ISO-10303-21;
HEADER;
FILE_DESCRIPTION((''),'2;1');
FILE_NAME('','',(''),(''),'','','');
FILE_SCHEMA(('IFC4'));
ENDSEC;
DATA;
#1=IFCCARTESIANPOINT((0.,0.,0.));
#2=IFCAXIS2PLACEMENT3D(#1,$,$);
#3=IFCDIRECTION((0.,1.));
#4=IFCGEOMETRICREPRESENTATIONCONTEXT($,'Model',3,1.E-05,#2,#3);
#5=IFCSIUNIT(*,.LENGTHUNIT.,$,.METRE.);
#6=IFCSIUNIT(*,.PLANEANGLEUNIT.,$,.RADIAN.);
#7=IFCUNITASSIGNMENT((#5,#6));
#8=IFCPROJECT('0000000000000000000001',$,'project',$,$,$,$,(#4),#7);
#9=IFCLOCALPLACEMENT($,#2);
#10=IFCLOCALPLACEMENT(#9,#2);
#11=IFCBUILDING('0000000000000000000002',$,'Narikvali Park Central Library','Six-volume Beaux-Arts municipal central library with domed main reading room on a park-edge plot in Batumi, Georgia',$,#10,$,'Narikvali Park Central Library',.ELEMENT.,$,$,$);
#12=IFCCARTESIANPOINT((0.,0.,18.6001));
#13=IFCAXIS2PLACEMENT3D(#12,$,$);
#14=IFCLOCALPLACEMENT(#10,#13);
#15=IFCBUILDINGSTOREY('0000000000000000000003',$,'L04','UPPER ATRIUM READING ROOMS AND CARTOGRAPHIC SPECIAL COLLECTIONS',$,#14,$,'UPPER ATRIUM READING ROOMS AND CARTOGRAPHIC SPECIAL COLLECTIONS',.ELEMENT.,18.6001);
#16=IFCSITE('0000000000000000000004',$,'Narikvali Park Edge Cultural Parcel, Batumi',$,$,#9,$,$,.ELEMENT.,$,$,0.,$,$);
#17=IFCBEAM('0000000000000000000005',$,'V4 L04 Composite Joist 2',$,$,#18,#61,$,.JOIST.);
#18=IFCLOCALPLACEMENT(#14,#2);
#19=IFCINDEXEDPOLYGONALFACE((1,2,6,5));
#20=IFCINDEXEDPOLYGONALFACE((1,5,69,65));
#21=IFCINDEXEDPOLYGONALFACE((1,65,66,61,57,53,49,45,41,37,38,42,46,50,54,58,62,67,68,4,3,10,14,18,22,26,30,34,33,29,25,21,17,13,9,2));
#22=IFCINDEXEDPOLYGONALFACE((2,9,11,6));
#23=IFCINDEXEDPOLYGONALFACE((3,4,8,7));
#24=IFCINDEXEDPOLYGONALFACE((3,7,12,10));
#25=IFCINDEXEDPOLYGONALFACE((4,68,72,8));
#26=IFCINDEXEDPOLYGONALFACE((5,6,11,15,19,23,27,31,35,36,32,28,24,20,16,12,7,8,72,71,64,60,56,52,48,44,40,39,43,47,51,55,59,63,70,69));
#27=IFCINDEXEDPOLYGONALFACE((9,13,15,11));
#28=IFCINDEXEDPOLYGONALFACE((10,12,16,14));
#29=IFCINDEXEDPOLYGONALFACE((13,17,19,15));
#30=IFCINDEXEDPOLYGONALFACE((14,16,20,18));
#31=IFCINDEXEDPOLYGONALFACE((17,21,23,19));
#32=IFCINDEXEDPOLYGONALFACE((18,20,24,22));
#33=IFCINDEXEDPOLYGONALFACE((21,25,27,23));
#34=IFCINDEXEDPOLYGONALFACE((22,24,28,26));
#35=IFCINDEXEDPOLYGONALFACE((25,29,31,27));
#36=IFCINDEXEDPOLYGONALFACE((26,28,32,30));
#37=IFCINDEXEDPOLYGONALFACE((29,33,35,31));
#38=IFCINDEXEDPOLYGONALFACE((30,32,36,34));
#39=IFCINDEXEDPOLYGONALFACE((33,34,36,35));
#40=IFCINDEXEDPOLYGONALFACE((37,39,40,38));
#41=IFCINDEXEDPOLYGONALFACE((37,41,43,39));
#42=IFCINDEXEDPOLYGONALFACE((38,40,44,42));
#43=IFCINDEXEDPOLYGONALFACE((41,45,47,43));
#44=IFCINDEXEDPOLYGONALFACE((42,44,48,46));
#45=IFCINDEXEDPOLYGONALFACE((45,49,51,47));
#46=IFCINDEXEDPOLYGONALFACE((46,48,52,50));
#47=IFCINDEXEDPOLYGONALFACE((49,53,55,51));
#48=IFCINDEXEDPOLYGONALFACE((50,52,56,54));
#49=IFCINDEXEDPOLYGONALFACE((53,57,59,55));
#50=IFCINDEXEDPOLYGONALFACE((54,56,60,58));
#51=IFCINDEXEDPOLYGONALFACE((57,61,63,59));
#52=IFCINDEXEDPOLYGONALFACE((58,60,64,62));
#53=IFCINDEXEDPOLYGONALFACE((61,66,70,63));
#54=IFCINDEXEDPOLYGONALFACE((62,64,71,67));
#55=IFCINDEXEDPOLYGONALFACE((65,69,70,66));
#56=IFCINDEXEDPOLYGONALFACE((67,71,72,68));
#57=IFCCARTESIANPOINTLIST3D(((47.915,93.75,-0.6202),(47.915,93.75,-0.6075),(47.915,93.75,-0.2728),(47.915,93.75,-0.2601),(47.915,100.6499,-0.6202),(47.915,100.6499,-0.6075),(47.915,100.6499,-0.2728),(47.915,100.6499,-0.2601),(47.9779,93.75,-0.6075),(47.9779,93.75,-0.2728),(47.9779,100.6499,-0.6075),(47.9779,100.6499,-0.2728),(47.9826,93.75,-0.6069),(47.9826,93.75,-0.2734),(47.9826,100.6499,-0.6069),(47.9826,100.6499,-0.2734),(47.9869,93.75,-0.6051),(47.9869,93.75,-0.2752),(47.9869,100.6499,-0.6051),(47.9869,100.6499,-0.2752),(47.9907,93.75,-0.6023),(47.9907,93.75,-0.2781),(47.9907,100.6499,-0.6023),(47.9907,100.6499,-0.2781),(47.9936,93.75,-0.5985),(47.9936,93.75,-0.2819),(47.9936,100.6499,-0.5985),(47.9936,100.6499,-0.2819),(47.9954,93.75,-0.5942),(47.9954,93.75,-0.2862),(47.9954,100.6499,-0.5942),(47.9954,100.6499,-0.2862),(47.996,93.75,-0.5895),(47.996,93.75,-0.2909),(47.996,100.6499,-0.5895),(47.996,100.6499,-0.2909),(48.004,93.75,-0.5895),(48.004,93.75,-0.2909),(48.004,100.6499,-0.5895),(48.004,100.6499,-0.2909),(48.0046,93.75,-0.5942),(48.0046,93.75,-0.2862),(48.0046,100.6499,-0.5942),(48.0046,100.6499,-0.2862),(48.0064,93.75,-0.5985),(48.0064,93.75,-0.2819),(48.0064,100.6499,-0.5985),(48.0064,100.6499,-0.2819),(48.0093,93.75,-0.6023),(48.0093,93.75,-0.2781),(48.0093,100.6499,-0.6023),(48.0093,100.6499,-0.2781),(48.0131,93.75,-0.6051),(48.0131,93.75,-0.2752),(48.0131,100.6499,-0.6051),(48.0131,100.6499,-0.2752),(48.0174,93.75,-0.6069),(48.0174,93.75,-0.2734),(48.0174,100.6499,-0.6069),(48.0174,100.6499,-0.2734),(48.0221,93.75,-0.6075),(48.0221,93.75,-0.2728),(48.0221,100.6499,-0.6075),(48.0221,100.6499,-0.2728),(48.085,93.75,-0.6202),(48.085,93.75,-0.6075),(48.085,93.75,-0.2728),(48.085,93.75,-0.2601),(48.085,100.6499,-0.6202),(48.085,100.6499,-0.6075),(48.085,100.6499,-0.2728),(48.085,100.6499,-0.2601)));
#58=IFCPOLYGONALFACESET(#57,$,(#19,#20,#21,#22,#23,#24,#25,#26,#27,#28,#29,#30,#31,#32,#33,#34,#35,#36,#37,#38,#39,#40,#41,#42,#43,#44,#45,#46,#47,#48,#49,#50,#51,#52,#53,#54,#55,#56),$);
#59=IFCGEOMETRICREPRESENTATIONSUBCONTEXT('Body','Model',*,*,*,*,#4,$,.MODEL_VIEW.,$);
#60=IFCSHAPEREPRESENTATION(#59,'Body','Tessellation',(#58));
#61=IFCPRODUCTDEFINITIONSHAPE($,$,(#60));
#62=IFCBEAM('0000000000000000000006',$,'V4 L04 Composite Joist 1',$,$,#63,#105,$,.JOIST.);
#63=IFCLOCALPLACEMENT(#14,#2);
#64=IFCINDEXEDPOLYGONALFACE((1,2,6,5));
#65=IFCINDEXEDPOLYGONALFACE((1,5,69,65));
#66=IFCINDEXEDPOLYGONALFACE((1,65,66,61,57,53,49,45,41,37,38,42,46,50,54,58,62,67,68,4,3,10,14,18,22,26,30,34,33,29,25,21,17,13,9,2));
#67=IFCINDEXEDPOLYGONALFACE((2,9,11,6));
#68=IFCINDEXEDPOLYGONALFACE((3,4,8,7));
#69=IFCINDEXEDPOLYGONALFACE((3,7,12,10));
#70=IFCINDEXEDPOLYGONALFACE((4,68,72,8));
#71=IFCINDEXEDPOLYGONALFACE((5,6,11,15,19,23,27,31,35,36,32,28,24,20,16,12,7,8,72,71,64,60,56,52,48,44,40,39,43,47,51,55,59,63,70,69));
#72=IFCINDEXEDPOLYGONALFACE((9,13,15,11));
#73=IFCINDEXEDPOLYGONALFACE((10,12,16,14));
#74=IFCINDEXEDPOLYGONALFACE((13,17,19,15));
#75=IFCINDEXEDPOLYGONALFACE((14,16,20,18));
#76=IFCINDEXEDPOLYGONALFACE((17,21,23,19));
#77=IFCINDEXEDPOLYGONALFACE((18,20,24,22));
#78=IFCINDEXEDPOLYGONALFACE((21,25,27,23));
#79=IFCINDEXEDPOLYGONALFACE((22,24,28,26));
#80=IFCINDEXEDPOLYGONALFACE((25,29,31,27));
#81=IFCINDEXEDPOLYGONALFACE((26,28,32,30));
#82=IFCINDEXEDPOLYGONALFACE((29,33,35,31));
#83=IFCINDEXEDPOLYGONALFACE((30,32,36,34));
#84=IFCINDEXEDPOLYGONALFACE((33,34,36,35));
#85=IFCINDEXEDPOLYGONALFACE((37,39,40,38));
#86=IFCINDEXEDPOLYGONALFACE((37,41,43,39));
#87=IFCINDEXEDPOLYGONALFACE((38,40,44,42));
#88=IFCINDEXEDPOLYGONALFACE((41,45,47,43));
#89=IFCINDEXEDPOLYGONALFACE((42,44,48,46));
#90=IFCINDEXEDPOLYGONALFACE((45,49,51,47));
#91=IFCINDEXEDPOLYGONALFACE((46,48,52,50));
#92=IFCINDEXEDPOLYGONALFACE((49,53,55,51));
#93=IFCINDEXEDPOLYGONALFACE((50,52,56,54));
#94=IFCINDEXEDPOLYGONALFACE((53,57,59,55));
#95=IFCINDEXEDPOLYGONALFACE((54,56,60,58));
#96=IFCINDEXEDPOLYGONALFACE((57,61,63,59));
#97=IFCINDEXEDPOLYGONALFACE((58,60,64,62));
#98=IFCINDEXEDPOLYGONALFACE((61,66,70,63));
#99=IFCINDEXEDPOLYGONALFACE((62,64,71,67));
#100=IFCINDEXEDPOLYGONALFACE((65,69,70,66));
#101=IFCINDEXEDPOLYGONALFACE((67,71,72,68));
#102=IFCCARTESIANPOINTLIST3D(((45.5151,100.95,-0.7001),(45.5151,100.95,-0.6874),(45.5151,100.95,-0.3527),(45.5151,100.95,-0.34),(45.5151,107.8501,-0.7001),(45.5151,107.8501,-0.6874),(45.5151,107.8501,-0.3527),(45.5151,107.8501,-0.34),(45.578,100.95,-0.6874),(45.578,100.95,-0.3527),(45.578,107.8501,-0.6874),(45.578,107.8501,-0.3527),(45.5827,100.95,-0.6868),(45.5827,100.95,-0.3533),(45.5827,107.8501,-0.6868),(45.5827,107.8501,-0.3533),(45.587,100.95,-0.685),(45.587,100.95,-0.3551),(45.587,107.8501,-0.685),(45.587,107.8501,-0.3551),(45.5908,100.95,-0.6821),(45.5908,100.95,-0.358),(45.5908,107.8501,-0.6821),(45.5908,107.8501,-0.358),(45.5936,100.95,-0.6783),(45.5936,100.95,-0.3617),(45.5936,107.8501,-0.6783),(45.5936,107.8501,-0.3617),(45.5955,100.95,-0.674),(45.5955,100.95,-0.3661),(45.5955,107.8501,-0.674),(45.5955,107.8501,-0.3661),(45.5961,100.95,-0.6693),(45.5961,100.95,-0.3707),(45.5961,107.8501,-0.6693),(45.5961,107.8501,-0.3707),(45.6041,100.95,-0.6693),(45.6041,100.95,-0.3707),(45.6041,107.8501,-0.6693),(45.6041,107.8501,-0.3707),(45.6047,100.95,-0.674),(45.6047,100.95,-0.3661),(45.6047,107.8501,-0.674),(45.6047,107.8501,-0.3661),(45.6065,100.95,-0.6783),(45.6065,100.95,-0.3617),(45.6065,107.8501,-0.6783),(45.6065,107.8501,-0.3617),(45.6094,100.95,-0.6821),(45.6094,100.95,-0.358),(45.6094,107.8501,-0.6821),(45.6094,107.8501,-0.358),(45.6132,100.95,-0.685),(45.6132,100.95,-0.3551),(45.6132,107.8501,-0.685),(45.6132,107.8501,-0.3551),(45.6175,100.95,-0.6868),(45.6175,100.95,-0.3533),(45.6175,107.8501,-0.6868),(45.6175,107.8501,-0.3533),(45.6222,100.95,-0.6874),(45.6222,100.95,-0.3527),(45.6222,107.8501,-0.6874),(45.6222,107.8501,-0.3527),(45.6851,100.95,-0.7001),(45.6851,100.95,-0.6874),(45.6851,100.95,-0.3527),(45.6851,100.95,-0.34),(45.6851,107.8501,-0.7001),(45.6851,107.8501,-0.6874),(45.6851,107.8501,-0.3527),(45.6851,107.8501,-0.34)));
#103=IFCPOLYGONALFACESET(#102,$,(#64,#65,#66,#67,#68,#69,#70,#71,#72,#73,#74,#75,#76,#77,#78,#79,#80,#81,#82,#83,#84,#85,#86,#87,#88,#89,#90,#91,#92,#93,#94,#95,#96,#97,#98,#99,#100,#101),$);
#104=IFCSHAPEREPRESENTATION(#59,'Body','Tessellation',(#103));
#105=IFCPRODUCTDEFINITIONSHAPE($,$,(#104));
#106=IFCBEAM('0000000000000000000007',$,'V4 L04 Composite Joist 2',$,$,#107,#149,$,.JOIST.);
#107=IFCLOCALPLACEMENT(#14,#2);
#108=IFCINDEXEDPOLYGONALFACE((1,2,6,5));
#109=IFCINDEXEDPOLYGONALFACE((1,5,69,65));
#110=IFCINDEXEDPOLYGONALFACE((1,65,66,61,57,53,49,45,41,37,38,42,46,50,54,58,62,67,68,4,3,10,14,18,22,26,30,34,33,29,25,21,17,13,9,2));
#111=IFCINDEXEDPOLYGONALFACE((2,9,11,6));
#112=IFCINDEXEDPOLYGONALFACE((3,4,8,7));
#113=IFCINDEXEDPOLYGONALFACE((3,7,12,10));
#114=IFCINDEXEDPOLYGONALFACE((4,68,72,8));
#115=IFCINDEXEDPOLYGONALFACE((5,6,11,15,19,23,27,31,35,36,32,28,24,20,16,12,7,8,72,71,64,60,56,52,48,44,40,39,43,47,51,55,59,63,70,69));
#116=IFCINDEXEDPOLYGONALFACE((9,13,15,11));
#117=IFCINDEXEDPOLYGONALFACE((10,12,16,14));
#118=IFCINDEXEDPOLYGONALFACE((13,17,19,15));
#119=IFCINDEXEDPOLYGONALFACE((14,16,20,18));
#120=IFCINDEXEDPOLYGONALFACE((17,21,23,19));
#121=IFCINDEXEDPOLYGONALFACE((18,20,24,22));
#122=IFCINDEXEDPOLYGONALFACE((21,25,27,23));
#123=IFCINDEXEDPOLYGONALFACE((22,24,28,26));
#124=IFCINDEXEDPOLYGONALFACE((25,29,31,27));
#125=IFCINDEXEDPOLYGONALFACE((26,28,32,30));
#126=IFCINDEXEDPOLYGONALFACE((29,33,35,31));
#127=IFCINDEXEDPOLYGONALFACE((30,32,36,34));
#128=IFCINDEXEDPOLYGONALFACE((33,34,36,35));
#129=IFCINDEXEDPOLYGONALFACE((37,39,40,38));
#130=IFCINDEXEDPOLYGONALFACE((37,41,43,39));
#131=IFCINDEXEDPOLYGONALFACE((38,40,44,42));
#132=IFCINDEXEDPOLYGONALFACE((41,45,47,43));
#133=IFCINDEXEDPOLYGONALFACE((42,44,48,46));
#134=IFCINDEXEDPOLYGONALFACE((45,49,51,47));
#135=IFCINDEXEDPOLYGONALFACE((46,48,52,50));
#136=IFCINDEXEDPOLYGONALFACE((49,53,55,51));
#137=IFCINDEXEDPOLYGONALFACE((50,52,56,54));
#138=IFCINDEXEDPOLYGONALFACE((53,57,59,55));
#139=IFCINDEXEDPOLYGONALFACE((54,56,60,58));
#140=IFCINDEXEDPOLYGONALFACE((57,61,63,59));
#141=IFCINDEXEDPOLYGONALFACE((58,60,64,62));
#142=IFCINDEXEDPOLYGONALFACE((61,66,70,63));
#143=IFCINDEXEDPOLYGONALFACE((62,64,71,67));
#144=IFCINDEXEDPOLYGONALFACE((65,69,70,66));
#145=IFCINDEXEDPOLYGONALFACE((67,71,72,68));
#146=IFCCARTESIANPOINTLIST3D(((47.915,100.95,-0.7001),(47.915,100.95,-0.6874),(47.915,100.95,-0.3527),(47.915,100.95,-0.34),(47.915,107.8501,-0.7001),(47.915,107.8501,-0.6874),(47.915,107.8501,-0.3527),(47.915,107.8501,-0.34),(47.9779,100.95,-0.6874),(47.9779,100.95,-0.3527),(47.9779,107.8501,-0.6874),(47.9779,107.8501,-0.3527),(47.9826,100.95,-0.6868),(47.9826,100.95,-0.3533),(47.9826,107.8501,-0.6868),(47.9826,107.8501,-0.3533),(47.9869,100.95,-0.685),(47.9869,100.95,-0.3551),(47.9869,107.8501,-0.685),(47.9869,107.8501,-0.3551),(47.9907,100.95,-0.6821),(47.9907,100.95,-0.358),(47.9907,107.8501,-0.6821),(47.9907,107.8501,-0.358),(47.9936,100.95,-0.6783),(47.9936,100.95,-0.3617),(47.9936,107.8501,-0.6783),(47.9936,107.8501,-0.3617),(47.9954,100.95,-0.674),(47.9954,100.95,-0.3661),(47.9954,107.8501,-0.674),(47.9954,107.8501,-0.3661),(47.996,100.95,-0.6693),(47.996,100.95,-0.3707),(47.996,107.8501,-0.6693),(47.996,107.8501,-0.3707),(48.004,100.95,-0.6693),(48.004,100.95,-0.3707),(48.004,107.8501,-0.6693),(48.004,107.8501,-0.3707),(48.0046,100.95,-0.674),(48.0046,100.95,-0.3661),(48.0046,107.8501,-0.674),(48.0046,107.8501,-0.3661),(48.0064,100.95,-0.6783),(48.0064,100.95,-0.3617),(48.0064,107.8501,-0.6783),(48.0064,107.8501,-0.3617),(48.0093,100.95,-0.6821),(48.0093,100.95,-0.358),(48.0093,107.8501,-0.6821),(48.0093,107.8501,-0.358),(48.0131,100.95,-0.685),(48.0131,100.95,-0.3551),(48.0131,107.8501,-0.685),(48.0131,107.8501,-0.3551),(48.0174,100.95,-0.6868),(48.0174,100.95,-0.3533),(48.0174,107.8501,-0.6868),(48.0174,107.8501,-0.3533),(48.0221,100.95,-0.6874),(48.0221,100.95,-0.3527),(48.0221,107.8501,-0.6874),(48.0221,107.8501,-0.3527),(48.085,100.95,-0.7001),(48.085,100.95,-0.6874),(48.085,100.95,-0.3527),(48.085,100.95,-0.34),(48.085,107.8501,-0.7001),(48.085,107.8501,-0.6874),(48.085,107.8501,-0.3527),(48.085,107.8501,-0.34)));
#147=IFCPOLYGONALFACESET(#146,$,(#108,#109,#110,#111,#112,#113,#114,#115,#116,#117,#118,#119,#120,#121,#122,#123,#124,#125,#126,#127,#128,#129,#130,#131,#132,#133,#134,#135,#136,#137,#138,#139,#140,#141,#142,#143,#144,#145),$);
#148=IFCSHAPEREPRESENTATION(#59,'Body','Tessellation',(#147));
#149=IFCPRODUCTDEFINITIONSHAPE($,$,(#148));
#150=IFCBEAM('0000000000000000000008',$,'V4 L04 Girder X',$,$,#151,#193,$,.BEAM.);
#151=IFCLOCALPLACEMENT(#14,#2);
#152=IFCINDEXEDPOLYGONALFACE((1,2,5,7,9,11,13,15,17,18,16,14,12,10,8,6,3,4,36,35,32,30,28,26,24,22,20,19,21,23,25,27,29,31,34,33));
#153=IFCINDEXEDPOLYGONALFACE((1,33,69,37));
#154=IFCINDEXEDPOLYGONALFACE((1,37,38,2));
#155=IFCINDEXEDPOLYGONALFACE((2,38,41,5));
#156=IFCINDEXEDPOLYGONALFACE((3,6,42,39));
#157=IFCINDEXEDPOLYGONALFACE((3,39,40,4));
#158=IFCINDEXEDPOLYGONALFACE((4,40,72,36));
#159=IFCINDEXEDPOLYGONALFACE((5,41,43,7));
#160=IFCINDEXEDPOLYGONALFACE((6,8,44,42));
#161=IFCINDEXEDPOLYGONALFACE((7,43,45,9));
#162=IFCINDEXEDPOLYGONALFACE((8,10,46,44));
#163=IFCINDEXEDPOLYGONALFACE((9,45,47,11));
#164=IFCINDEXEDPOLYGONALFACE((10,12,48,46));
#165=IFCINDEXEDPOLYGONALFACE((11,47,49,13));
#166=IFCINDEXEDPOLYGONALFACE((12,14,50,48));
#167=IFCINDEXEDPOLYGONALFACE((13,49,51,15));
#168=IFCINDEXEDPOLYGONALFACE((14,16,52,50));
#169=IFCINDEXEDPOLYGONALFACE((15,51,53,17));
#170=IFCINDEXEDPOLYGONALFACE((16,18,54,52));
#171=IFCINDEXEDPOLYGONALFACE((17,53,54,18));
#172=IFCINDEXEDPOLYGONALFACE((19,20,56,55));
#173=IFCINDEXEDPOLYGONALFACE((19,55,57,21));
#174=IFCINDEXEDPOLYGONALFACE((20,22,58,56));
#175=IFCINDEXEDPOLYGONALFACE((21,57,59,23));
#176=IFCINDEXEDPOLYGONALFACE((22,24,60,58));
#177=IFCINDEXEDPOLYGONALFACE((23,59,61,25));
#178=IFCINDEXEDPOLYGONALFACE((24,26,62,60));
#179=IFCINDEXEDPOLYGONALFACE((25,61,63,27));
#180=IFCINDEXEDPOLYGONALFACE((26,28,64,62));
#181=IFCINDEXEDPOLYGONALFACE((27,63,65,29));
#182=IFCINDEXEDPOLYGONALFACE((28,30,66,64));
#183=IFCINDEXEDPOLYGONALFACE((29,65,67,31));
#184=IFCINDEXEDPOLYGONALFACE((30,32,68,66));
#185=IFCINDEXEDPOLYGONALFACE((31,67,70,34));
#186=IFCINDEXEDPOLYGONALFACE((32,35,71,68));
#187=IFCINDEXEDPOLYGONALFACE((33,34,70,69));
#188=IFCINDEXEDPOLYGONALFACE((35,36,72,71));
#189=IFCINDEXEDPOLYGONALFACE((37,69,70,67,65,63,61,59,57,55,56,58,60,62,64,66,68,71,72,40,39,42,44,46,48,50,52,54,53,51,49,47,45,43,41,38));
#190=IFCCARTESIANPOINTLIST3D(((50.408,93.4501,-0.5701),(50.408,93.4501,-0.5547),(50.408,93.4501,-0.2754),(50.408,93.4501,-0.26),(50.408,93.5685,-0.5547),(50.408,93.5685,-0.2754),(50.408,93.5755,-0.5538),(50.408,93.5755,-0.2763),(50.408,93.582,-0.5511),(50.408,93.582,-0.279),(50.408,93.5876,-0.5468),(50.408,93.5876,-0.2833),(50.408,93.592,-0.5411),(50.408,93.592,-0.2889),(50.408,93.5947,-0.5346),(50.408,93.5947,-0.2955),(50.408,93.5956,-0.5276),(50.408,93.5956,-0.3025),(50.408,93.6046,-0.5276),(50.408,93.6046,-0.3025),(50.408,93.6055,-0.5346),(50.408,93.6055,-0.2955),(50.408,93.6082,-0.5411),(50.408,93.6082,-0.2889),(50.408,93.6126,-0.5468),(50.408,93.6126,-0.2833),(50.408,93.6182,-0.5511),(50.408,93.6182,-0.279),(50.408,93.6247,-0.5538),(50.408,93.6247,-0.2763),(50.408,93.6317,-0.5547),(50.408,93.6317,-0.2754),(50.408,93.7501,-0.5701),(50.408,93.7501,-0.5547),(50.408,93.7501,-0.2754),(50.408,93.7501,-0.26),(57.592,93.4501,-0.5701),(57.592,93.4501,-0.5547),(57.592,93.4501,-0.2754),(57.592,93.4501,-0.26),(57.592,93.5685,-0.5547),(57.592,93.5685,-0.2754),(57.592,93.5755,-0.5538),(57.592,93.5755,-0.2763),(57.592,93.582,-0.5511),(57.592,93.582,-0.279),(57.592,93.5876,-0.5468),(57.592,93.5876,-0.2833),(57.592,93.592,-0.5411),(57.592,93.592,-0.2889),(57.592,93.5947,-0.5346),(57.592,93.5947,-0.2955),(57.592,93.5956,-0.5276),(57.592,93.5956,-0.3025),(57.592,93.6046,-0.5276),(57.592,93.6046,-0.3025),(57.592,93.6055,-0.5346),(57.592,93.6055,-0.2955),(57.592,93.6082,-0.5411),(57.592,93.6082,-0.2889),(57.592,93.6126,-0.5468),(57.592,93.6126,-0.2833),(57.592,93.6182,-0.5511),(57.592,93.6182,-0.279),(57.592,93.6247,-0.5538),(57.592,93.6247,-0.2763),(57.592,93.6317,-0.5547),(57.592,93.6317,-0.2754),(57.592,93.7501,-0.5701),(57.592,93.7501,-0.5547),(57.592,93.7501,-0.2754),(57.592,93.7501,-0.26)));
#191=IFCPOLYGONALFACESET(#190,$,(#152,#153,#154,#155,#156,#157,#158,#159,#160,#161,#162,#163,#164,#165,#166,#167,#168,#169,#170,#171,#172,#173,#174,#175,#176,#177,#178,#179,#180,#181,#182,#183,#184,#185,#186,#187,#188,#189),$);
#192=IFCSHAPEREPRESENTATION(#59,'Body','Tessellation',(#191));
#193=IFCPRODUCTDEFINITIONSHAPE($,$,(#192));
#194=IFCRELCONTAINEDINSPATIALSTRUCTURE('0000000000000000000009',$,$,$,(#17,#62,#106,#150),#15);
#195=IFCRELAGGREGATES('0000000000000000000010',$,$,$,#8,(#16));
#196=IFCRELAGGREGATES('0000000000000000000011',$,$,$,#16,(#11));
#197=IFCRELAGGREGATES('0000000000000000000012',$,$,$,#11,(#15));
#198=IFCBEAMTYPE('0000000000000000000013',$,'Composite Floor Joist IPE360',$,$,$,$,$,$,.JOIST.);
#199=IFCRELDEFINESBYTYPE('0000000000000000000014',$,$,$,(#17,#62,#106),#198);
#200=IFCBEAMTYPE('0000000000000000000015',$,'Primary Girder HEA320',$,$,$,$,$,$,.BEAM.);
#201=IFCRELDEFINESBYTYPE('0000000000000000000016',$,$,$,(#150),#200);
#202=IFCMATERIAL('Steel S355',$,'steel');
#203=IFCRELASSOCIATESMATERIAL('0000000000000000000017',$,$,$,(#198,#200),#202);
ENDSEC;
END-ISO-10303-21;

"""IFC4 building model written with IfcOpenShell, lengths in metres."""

from ifc_helpers import new_model, si_unit, direction, frame, origin, origin_2d, place, context, subcontext, project, spatial, i_section, extrude, material, material_profile, profile_set, type_object, element, save


model = new_model("IFC4")

# Units and contexts
model_context = context("Model", 3, precision=1e-05, world=origin(), true_north=direction((0.0, 1.0)))
body_context = subcontext(model_context, "Body", "Model", "MODEL_VIEW")
ifc_project = project(units=[si_unit("LENGTHUNIT", "METRE"), si_unit("PLANEANGLEUNIT", "RADIAN")], contexts=[model_context])

# Site, building, storey
site_placement = place(None, origin())
site = spatial("IfcSite", under=ifc_project, at=site_placement, Name="Narikvali Park Edge Cultural Parcel, Batumi", CompositionType="ELEMENT", RefElevation=0.0)
building_placement = place(site_placement, origin())
building = spatial("IfcBuilding", under=site, at=building_placement, Name="Narikvali Park Central Library", Description="Six-volume Beaux-Arts municipal central library with domed main reading room on a park-edge plot in Batumi, Georgia", LongName="Narikvali Park Central Library", CompositionType="ELEMENT")
storey_placement = place(building_placement, frame((0.0, 0.0, 18.6001)))
storey = spatial("IfcBuildingStorey", under=building, at=storey_placement, Name="L04", Description="UPPER ATRIUM READING ROOMS AND CARTOGRAPHIC SPECIAL COLLECTIONS", LongName="UPPER ATRIUM READING ROOMS AND CARTOGRAPHIC SPECIAL COLLECTIONS", CompositionType="ELEMENT", Elevation=18.6001)

# Shared definitions
ifc_material_1 = material(Name="Steel S355", Category="steel")

# Beams
ifc_material_profile_1 = material_profile(ifc_material_1, i_section(OverallWidth=0.1699, OverallDepth=0.3601, WebThickness=0.0081, FlangeThickness=0.0127, FilletRadius=0.0181, at=origin_2d()), Name="IPE 360")
ifc_profile_set_1 = profile_set([ifc_material_profile_1], Name="Steel S355")
beam_type_1 = type_object("IfcBeamType", Name="Composite Floor Joist IPE360", PredefinedType="JOIST", material=ifc_profile_set_1)
for number, where, z_axis, x_axis, name in (
    (1, (48.0, 93.75, -0.4402), (0.0, 1.0, 0.0), (-1.0, 0.0, 0.0), "V4 L04 Composite Joist 2"),
):
    element("IfcBeam", number, at=place(storey_placement, frame(where, z_axis=z_axis, x_axis=x_axis)), inside=storey, type_object=beam_type_1, Name=name, PredefinedType="JOIST", context=body_context, shape_type="SweptSolid", body=[
        extrude(i_section(OverallWidth=0.1699, OverallDepth=0.3601, WebThickness=0.0081, FlangeThickness=0.0127, FilletRadius=0.0181, at=origin_2d()), origin(), (0.0, 0.0, 1.0), 6.8999),
    ])
for number, where, z_axis, x_axis, name in (
    (2, (45.6001, 100.95, -0.52), (0.0, 1.0, 0.0), (-1.0, 0.0, 0.0), "V4 L04 Composite Joist 1"),
    (3, (48.0, 100.95, -0.52), (0.0, 1.0, 0.0), (-1.0, 0.0, 0.0), "V4 L04 Composite Joist 2"),
):
    element("IfcBeam", number, at=place(storey_placement, frame(where, z_axis=z_axis, x_axis=x_axis)), inside=storey, type_object=beam_type_1, Name=name, PredefinedType="JOIST", context=body_context, shape_type="SweptSolid", body=[
        extrude(i_section(OverallWidth=0.1699, OverallDepth=0.3601, WebThickness=0.0081, FlangeThickness=0.0127, FilletRadius=0.0181, at=origin_2d()), origin(), (0.0, 0.0, 1.0), 6.9001),
    ])
ifc_material_profile_2 = material_profile(ifc_material_1, i_section(OverallWidth=0.3, OverallDepth=0.3101, WebThickness=0.009, FlangeThickness=0.0154, FilletRadius=0.0271, at=origin_2d()), Name="HEA 320")
ifc_profile_set_2 = profile_set([ifc_material_profile_2], Name="Steel S355")
beam_type_2 = type_object("IfcBeamType", Name="Primary Girder HEA320", PredefinedType="BEAM", material=ifc_profile_set_2)
beam_1_placement = place(storey_placement, frame((50.408, 93.6001, -0.415), z_axis=(1.0, 0.0, 0.0), x_axis=(0.0, 1.0, 0.0)))
element("IfcBeam", 4, at=beam_1_placement, inside=storey, type_object=beam_type_2, Name="V4 L04 Girder X", PredefinedType="BEAM", context=body_context, shape_type="SweptSolid", body=[
    extrude(i_section(OverallWidth=0.3, OverallDepth=0.3101, WebThickness=0.009, FlangeThickness=0.0154, FilletRadius=0.0271, at=origin_2d()), origin(), (0.0, 0.0, 1.0), 7.1841),
])

save(model, "model.ifc")
